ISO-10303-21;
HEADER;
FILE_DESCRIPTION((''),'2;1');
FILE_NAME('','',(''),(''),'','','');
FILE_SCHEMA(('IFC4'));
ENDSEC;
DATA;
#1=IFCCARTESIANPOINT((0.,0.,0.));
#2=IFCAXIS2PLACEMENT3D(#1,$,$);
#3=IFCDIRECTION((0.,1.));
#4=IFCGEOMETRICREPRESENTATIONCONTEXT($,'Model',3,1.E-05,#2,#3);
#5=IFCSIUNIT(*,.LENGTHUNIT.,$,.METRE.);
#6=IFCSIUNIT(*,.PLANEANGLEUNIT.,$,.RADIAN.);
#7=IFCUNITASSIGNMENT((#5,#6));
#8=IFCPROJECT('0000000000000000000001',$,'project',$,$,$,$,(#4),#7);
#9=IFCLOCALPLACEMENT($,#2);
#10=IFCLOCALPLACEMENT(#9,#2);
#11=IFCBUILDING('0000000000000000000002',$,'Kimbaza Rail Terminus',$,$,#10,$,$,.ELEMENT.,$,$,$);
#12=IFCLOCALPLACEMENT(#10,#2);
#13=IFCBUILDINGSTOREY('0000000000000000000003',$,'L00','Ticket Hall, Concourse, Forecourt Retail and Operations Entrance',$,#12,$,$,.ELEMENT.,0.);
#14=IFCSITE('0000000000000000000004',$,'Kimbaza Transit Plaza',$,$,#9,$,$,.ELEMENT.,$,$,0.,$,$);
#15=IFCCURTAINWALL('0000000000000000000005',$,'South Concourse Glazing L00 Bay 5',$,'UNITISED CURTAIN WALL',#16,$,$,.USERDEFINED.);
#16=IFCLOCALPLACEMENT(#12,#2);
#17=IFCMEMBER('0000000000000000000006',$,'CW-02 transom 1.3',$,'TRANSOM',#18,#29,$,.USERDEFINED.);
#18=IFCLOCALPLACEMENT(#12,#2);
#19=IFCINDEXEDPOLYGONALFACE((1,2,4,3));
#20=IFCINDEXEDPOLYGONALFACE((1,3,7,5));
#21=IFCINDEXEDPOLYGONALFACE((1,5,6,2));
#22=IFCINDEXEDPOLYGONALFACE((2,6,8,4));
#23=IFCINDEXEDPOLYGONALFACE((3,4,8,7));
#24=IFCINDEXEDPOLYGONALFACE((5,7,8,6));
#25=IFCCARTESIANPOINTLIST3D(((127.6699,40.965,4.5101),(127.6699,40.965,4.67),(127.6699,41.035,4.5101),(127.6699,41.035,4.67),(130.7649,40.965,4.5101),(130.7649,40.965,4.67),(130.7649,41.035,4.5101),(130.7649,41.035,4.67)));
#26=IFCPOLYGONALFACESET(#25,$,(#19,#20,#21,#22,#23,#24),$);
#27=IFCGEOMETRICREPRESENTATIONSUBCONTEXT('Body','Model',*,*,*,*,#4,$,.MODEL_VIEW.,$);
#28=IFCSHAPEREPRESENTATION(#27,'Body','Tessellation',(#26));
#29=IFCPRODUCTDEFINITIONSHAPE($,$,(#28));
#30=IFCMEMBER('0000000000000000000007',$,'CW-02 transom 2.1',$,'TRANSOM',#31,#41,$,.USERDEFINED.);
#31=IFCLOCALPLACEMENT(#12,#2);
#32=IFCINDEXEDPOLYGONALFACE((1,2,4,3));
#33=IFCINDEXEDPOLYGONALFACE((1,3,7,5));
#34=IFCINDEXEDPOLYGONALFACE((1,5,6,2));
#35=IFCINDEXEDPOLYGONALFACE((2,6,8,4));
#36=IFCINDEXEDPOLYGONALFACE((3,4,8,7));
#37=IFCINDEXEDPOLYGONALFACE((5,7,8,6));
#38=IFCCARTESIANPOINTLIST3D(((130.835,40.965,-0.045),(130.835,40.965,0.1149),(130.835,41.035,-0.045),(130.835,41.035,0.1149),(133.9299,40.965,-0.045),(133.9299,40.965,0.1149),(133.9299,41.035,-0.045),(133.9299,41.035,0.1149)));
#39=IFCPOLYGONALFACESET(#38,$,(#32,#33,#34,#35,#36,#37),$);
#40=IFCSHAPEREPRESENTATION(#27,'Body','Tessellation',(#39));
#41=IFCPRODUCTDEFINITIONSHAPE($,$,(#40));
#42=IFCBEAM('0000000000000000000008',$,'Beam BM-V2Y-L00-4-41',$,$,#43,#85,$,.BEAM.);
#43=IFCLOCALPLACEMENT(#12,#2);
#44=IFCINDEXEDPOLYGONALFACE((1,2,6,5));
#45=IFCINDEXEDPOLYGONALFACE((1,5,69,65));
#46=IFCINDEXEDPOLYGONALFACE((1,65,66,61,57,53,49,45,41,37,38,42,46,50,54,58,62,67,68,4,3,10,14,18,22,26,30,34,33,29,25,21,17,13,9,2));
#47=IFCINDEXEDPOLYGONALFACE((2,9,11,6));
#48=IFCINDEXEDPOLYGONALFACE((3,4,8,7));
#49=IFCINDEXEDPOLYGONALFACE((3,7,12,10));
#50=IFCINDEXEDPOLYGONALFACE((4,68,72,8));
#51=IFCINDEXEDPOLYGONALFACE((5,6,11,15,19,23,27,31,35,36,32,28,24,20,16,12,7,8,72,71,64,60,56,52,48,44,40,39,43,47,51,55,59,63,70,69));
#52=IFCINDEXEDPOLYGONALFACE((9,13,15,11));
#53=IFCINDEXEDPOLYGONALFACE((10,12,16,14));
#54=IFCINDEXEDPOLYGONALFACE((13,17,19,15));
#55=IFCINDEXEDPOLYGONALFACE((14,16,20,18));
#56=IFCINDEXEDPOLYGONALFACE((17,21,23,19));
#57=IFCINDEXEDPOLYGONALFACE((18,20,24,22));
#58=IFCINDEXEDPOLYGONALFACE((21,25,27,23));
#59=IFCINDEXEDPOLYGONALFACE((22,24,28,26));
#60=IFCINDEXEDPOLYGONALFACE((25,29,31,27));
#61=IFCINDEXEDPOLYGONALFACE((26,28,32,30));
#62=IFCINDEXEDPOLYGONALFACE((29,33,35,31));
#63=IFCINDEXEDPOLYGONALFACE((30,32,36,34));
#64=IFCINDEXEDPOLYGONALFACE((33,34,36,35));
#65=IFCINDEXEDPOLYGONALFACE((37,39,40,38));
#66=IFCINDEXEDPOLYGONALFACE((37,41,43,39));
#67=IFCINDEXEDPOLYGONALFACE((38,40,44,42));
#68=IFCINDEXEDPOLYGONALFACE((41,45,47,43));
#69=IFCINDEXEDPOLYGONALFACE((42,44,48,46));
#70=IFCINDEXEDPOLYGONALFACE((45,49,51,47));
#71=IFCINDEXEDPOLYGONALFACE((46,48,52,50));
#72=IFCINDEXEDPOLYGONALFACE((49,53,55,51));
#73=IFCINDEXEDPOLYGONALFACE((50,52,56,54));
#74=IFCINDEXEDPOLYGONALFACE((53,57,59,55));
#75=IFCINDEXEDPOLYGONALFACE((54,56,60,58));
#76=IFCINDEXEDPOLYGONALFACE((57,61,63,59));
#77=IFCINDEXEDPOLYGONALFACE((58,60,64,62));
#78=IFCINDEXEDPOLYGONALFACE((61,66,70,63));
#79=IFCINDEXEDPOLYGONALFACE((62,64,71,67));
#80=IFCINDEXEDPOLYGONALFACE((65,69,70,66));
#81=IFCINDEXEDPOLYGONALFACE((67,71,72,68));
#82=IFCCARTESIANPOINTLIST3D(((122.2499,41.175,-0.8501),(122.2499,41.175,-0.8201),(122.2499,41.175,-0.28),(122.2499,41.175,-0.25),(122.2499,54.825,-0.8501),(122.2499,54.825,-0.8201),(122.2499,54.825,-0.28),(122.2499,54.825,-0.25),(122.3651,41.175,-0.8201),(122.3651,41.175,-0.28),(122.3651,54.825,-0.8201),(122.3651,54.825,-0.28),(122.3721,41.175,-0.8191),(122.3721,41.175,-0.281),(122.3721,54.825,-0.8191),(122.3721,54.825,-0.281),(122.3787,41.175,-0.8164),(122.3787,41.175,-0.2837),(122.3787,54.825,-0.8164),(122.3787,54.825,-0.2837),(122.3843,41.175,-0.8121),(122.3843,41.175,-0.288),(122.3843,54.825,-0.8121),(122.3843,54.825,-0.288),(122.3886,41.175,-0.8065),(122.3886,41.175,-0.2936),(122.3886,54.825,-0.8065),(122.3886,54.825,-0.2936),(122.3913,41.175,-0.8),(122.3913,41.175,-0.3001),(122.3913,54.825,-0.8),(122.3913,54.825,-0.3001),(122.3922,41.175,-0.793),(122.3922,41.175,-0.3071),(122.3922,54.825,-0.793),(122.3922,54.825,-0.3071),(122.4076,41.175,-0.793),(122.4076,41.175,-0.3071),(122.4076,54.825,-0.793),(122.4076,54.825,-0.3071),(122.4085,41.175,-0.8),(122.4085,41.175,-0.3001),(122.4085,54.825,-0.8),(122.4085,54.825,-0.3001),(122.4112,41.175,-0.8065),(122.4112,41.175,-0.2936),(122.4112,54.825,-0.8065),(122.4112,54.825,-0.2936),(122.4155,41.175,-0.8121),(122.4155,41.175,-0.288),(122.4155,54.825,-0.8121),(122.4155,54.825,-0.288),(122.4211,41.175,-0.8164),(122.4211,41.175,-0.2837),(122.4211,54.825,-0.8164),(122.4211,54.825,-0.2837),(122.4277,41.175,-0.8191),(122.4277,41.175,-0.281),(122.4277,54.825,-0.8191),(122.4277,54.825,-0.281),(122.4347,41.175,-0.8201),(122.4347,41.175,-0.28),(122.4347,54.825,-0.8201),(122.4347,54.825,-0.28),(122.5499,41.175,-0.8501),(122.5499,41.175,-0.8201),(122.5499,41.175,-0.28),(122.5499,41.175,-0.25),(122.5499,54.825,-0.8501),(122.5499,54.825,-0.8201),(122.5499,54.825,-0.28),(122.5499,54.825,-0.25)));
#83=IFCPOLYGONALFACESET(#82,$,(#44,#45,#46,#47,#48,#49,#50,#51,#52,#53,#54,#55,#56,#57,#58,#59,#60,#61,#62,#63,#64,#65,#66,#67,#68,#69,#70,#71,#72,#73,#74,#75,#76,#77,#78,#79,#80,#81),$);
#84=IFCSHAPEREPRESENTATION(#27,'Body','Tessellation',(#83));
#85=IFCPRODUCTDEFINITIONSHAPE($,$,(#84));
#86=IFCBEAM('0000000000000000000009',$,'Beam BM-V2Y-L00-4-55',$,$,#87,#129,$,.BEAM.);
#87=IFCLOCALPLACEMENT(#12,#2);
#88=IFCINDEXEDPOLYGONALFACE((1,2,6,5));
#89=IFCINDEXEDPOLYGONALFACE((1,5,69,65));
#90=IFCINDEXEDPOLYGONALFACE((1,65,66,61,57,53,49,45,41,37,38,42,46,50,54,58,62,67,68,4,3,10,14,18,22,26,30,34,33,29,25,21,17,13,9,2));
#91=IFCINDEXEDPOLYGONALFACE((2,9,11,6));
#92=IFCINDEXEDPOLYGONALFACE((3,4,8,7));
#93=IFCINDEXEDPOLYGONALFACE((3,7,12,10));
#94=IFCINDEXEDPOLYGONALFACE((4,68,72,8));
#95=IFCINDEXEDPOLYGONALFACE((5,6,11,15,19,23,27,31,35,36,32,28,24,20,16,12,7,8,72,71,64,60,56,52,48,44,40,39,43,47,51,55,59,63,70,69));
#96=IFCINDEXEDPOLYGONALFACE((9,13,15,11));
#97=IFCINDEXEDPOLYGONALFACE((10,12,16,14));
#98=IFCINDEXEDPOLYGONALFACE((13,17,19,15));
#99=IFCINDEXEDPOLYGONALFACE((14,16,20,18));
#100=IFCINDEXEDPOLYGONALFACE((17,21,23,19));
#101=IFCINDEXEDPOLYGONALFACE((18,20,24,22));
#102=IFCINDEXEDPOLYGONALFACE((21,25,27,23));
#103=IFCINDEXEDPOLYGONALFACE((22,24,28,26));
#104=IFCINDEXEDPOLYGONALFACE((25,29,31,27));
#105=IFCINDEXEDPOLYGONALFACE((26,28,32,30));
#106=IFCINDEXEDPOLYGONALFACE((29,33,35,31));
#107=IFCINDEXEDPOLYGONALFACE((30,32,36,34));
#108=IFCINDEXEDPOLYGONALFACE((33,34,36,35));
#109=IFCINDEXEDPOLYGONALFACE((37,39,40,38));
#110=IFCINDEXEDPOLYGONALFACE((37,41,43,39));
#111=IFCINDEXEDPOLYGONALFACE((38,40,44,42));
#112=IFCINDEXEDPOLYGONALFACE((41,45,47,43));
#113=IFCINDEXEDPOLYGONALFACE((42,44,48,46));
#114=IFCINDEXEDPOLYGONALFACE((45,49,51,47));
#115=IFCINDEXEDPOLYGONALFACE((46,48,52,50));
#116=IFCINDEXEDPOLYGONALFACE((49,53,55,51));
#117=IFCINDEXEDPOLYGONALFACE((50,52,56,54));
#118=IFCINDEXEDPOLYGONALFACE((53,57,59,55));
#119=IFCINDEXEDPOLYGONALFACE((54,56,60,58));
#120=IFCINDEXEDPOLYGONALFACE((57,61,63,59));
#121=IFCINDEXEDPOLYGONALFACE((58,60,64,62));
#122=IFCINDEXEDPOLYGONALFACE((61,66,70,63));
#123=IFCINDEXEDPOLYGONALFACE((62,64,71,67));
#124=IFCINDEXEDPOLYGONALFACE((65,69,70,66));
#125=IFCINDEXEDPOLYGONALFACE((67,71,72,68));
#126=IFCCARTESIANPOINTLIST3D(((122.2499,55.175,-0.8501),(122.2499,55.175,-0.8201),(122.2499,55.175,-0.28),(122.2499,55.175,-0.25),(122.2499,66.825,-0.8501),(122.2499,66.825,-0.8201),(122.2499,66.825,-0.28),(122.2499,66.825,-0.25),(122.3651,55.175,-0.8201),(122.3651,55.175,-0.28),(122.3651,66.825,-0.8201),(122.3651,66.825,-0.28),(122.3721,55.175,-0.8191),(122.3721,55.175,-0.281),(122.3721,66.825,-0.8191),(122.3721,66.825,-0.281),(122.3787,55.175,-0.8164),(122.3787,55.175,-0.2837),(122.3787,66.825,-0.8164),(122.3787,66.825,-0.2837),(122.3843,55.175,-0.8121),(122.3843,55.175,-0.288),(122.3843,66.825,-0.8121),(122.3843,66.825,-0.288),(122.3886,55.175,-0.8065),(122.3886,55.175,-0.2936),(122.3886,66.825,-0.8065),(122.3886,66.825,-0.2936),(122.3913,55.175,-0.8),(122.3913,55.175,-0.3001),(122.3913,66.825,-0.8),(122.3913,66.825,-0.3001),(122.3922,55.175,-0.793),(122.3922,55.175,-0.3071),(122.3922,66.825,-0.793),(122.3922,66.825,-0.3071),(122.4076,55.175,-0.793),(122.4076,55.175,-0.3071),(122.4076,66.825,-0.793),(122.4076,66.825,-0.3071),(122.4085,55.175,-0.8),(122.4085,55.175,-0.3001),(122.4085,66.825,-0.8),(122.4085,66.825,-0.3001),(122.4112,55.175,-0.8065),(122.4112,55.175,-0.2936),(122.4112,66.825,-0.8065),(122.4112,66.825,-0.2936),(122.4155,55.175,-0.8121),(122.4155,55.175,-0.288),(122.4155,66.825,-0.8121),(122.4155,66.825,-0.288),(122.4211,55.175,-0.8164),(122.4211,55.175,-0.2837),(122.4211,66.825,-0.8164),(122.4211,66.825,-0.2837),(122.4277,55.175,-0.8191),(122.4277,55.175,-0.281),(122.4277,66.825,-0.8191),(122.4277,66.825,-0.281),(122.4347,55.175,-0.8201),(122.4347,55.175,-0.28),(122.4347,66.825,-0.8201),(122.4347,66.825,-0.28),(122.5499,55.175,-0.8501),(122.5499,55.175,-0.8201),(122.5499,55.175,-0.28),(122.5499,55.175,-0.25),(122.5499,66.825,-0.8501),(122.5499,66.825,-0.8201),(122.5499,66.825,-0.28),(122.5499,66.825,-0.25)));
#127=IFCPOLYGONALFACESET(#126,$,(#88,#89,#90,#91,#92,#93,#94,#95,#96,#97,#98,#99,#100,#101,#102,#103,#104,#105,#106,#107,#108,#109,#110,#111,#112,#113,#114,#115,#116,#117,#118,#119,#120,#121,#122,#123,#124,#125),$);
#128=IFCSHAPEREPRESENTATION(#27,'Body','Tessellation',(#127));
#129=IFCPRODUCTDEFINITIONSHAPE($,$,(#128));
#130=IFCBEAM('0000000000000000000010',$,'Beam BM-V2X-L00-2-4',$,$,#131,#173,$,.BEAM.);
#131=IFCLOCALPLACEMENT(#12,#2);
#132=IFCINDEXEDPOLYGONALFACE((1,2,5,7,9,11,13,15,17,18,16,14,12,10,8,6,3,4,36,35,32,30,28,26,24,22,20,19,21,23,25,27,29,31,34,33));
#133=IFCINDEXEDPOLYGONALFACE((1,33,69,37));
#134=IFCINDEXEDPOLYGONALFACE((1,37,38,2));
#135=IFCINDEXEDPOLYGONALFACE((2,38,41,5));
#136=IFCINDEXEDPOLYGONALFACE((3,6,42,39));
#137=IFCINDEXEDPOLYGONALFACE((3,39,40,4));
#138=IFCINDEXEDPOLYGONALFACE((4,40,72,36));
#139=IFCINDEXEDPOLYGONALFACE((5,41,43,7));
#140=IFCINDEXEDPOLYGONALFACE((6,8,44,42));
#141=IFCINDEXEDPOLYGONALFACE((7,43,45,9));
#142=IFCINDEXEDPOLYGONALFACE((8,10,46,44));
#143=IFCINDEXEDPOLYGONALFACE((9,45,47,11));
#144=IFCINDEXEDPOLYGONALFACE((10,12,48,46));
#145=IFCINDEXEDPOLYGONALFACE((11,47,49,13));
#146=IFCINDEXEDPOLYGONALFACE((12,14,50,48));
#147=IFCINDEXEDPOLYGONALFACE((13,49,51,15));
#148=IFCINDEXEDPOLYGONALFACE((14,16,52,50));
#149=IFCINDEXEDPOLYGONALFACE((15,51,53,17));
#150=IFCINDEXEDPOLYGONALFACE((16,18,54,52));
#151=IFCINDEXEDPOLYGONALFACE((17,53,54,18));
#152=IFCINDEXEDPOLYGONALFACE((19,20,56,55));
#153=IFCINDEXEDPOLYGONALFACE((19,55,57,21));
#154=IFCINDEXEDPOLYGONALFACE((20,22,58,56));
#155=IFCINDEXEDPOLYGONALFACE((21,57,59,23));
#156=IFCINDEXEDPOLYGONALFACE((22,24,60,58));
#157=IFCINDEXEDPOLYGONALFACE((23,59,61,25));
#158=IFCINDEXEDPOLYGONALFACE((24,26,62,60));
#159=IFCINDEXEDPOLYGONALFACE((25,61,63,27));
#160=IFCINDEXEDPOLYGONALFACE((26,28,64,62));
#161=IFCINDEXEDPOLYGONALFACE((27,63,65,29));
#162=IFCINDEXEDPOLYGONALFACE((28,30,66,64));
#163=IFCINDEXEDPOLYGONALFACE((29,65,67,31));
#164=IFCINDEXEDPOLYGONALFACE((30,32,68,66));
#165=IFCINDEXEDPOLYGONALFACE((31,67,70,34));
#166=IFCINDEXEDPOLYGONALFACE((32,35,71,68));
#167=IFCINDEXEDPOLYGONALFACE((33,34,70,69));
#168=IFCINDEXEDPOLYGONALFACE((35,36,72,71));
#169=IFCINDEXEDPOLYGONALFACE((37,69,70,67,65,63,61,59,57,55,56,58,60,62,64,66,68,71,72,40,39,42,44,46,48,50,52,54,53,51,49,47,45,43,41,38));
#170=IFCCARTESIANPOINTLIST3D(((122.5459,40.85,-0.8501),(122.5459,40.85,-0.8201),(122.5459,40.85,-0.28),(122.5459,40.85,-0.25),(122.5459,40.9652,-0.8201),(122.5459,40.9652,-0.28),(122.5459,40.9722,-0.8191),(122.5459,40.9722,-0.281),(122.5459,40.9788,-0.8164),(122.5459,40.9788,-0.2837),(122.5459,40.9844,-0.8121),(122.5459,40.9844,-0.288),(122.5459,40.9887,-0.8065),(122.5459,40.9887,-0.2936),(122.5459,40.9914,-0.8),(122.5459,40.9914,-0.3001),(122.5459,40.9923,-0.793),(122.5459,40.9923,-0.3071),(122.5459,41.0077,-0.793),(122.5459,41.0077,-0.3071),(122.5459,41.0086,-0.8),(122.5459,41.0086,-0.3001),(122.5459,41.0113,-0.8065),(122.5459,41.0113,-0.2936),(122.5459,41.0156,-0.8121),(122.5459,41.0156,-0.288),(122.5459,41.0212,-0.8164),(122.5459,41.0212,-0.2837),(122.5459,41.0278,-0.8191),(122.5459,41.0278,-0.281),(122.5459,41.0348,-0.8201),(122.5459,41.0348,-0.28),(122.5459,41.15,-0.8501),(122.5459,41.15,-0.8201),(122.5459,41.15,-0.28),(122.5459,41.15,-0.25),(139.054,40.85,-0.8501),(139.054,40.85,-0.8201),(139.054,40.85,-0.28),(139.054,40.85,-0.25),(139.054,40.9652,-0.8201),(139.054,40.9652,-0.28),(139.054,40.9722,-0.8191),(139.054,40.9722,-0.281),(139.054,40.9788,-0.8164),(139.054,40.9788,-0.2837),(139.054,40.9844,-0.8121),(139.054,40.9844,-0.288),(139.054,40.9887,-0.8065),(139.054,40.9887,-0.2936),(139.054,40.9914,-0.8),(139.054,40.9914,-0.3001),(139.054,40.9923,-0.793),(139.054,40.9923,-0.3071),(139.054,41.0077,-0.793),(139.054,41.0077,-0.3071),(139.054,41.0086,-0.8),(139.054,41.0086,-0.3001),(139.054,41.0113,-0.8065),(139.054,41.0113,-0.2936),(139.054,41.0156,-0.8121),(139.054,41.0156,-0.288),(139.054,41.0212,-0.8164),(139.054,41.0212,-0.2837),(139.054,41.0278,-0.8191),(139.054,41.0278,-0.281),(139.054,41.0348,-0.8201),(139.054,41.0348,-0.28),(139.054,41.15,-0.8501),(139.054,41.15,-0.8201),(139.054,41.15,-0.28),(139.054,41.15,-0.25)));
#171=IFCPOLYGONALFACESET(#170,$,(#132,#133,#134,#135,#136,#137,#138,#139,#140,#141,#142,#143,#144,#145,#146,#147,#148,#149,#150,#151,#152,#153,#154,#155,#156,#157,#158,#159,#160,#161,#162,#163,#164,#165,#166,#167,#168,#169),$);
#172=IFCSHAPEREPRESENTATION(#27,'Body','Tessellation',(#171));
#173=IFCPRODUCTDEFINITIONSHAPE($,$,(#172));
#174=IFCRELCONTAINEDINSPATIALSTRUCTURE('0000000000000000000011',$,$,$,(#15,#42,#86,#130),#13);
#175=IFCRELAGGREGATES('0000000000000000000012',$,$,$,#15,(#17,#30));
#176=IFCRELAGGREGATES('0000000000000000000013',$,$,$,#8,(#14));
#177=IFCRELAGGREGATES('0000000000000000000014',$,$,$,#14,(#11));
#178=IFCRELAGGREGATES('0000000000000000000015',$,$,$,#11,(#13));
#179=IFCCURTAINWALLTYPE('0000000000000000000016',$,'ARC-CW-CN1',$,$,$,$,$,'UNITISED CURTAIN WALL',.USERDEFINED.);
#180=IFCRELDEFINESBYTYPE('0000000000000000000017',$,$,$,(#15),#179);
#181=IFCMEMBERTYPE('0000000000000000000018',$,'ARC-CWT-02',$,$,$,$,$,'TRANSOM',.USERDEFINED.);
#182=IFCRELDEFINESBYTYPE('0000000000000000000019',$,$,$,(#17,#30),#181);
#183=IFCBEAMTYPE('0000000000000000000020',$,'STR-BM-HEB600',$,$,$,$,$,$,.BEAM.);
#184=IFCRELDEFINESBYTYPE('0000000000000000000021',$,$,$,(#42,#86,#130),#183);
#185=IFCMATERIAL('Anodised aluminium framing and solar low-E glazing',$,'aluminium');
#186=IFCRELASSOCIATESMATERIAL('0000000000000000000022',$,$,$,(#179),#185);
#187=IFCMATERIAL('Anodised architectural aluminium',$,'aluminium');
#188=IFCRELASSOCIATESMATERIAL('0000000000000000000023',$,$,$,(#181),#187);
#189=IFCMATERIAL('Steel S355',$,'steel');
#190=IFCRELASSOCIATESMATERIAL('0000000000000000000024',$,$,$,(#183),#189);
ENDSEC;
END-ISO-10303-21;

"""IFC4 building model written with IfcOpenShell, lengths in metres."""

from ifc_helpers import new_model, si_unit, direction, frame, origin, origin_2d, place, context, subcontext, project, spatial, rectangle, i_section, extrude, material, material_profile, profile_set, type_object, element, aggregate, save


model = new_model("IFC4")

# Units and contexts
model_context = context("Model", 3, precision=1e-05, world=origin(), true_north=direction((0.0, 1.0)))
body_context = subcontext(model_context, "Body", "Model", "MODEL_VIEW")
ifc_project = project(units=[si_unit("LENGTHUNIT", "METRE"), si_unit("PLANEANGLEUNIT", "RADIAN")], contexts=[model_context])

# Site, building, storey
site_placement = place(None, origin())
site = spatial("IfcSite", under=ifc_project, at=site_placement, Name="Kimbaza Transit Plaza", CompositionType="ELEMENT", RefElevation=0.0)
building_placement = place(site_placement, origin())
building = spatial("IfcBuilding", under=site, at=building_placement, Name="Kimbaza Rail Terminus", CompositionType="ELEMENT")
storey_placement = place(building_placement, origin())
storey = spatial("IfcBuildingStorey", under=building, at=storey_placement, Name="L00", Description="Ticket Hall, Concourse, Forecourt Retail and Operations Entrance", CompositionType="ELEMENT", Elevation=0.0)

# Shared definitions
ifc_material_1 = material(Name="Anodised aluminium framing and solar low-E glazing", Category="aluminium")
curtain_wall_type = type_object("IfcCurtainWallType", Name="ARC-CW-CN1", ElementType="UNITISED CURTAIN WALL", PredefinedType="USERDEFINED", material=ifc_material_1)

# Curtain wall
curtain_wall_1_placement = place(storey_placement, origin())
curtain_wall_1 = element("IfcCurtainWall", 1, at=curtain_wall_1_placement, inside=storey, type_object=curtain_wall_type, Name="South Concourse Glazing L00 Bay 5", ObjectType="UNITISED CURTAIN WALL", PredefinedType="USERDEFINED")

# Members
ifc_material_2 = material(Name="Anodised architectural aluminium", Category="aluminium")
ifc_material_profile_1 = material_profile(ifc_material_2, rectangle(XDim=0.0701, YDim=0.1599, at=origin_2d()), Name="TRANSOM 70x160")
ifc_profile_set_1 = profile_set([ifc_material_profile_1], Name="Anodised architectural aluminium")
member_type_1 = type_object("IfcMemberType", Name="ARC-CWT-02", ElementType="TRANSOM", PredefinedType="USERDEFINED", material=ifc_profile_set_1)
member_1_placement = place(storey_placement, frame((127.6699, 41.0, 4.5901), z_axis=(1.0, 0.0, 0.0), x_axis=(0.0, 1.0, 0.0)))
member_1 = element("IfcMember", 2, at=member_1_placement, type_object=member_type_1, Name="CW-02 transom 1.3", ObjectType="TRANSOM", PredefinedType="USERDEFINED", context=body_context, shape_type="SweptSolid", body=[
    extrude(rectangle(XDim=0.0701, YDim=0.1599, at=origin_2d()), origin(), (0.0, 0.0, 1.0), 3.095),
])
member_2_placement = place(storey_placement, frame((130.835, 41.0, 0.0349), z_axis=(1.0, 0.0, 0.0), x_axis=(0.0, 1.0, 0.0)))
member_2 = element("IfcMember", 3, at=member_2_placement, type_object=member_type_1, Name="CW-02 transom 2.1", ObjectType="TRANSOM", PredefinedType="USERDEFINED", context=body_context, shape_type="SweptSolid", body=[
    extrude(rectangle(XDim=0.0701, YDim=0.1599, at=origin_2d()), origin(), (0.0, 0.0, 1.0), 3.095),
])

# Beams
ifc_material_3 = material(Name="Steel S355", Category="steel")
ifc_material_profile_2 = material_profile(ifc_material_3, i_section(OverallWidth=0.3, OverallDepth=0.6001, WebThickness=0.0154, FlangeThickness=0.03, FilletRadius=0.0271, at=origin_2d()), Name="HEB 600")
ifc_profile_set_2 = profile_set([ifc_material_profile_2], Name="Steel S355")
beam_type_1 = type_object("IfcBeamType", Name="STR-BM-HEB600", PredefinedType="BEAM", material=ifc_profile_set_2)
beam_1_placement = place(storey_placement, frame((122.3999, 41.175, -0.55), z_axis=(0.0, 1.0, 0.0), x_axis=(-1.0, 0.0, 0.0)))
element("IfcBeam", 4, at=beam_1_placement, inside=storey, type_object=beam_type_1, Name="Beam BM-V2Y-L00-4-41", PredefinedType="BEAM", context=body_context, shape_type="SweptSolid", body=[
    extrude(i_section(OverallWidth=0.3, OverallDepth=0.6001, WebThickness=0.0154, FlangeThickness=0.03, FilletRadius=0.0271, at=origin_2d()), origin(), (0.0, 0.0, 1.0), 13.6499),
])
beam_2_placement = place(storey_placement, frame((122.3999, 55.175, -0.55), z_axis=(0.0, 1.0, 0.0), x_axis=(-1.0, 0.0, 0.0)))
element("IfcBeam", 5, at=beam_2_placement, inside=storey, type_object=beam_type_1, Name="Beam BM-V2Y-L00-4-55", PredefinedType="BEAM", context=body_context, shape_type="SweptSolid", body=[
    extrude(i_section(OverallWidth=0.3, OverallDepth=0.6001, WebThickness=0.0154, FlangeThickness=0.03, FilletRadius=0.0271, at=origin_2d()), origin(), (0.0, 0.0, 1.0), 11.6499),
])
beam_3_placement = place(storey_placement, frame((122.5459, 41.0, -0.55), z_axis=(1.0, 0.0, 0.0), x_axis=(0.0, 1.0, 0.0)))
element("IfcBeam", 6, at=beam_3_placement, inside=storey, type_object=beam_type_1, Name="Beam BM-V2X-L00-2-4", PredefinedType="BEAM", context=body_context, shape_type="SweptSolid", body=[
    extrude(i_section(OverallWidth=0.3, OverallDepth=0.6001, WebThickness=0.0154, FlangeThickness=0.03, FilletRadius=0.0271, at=origin_2d()), origin(), (0.0, 0.0, 1.0), 16.5081),
])

aggregate(curtain_wall_1, [member_1, member_2])

save(model, "model.ifc")
